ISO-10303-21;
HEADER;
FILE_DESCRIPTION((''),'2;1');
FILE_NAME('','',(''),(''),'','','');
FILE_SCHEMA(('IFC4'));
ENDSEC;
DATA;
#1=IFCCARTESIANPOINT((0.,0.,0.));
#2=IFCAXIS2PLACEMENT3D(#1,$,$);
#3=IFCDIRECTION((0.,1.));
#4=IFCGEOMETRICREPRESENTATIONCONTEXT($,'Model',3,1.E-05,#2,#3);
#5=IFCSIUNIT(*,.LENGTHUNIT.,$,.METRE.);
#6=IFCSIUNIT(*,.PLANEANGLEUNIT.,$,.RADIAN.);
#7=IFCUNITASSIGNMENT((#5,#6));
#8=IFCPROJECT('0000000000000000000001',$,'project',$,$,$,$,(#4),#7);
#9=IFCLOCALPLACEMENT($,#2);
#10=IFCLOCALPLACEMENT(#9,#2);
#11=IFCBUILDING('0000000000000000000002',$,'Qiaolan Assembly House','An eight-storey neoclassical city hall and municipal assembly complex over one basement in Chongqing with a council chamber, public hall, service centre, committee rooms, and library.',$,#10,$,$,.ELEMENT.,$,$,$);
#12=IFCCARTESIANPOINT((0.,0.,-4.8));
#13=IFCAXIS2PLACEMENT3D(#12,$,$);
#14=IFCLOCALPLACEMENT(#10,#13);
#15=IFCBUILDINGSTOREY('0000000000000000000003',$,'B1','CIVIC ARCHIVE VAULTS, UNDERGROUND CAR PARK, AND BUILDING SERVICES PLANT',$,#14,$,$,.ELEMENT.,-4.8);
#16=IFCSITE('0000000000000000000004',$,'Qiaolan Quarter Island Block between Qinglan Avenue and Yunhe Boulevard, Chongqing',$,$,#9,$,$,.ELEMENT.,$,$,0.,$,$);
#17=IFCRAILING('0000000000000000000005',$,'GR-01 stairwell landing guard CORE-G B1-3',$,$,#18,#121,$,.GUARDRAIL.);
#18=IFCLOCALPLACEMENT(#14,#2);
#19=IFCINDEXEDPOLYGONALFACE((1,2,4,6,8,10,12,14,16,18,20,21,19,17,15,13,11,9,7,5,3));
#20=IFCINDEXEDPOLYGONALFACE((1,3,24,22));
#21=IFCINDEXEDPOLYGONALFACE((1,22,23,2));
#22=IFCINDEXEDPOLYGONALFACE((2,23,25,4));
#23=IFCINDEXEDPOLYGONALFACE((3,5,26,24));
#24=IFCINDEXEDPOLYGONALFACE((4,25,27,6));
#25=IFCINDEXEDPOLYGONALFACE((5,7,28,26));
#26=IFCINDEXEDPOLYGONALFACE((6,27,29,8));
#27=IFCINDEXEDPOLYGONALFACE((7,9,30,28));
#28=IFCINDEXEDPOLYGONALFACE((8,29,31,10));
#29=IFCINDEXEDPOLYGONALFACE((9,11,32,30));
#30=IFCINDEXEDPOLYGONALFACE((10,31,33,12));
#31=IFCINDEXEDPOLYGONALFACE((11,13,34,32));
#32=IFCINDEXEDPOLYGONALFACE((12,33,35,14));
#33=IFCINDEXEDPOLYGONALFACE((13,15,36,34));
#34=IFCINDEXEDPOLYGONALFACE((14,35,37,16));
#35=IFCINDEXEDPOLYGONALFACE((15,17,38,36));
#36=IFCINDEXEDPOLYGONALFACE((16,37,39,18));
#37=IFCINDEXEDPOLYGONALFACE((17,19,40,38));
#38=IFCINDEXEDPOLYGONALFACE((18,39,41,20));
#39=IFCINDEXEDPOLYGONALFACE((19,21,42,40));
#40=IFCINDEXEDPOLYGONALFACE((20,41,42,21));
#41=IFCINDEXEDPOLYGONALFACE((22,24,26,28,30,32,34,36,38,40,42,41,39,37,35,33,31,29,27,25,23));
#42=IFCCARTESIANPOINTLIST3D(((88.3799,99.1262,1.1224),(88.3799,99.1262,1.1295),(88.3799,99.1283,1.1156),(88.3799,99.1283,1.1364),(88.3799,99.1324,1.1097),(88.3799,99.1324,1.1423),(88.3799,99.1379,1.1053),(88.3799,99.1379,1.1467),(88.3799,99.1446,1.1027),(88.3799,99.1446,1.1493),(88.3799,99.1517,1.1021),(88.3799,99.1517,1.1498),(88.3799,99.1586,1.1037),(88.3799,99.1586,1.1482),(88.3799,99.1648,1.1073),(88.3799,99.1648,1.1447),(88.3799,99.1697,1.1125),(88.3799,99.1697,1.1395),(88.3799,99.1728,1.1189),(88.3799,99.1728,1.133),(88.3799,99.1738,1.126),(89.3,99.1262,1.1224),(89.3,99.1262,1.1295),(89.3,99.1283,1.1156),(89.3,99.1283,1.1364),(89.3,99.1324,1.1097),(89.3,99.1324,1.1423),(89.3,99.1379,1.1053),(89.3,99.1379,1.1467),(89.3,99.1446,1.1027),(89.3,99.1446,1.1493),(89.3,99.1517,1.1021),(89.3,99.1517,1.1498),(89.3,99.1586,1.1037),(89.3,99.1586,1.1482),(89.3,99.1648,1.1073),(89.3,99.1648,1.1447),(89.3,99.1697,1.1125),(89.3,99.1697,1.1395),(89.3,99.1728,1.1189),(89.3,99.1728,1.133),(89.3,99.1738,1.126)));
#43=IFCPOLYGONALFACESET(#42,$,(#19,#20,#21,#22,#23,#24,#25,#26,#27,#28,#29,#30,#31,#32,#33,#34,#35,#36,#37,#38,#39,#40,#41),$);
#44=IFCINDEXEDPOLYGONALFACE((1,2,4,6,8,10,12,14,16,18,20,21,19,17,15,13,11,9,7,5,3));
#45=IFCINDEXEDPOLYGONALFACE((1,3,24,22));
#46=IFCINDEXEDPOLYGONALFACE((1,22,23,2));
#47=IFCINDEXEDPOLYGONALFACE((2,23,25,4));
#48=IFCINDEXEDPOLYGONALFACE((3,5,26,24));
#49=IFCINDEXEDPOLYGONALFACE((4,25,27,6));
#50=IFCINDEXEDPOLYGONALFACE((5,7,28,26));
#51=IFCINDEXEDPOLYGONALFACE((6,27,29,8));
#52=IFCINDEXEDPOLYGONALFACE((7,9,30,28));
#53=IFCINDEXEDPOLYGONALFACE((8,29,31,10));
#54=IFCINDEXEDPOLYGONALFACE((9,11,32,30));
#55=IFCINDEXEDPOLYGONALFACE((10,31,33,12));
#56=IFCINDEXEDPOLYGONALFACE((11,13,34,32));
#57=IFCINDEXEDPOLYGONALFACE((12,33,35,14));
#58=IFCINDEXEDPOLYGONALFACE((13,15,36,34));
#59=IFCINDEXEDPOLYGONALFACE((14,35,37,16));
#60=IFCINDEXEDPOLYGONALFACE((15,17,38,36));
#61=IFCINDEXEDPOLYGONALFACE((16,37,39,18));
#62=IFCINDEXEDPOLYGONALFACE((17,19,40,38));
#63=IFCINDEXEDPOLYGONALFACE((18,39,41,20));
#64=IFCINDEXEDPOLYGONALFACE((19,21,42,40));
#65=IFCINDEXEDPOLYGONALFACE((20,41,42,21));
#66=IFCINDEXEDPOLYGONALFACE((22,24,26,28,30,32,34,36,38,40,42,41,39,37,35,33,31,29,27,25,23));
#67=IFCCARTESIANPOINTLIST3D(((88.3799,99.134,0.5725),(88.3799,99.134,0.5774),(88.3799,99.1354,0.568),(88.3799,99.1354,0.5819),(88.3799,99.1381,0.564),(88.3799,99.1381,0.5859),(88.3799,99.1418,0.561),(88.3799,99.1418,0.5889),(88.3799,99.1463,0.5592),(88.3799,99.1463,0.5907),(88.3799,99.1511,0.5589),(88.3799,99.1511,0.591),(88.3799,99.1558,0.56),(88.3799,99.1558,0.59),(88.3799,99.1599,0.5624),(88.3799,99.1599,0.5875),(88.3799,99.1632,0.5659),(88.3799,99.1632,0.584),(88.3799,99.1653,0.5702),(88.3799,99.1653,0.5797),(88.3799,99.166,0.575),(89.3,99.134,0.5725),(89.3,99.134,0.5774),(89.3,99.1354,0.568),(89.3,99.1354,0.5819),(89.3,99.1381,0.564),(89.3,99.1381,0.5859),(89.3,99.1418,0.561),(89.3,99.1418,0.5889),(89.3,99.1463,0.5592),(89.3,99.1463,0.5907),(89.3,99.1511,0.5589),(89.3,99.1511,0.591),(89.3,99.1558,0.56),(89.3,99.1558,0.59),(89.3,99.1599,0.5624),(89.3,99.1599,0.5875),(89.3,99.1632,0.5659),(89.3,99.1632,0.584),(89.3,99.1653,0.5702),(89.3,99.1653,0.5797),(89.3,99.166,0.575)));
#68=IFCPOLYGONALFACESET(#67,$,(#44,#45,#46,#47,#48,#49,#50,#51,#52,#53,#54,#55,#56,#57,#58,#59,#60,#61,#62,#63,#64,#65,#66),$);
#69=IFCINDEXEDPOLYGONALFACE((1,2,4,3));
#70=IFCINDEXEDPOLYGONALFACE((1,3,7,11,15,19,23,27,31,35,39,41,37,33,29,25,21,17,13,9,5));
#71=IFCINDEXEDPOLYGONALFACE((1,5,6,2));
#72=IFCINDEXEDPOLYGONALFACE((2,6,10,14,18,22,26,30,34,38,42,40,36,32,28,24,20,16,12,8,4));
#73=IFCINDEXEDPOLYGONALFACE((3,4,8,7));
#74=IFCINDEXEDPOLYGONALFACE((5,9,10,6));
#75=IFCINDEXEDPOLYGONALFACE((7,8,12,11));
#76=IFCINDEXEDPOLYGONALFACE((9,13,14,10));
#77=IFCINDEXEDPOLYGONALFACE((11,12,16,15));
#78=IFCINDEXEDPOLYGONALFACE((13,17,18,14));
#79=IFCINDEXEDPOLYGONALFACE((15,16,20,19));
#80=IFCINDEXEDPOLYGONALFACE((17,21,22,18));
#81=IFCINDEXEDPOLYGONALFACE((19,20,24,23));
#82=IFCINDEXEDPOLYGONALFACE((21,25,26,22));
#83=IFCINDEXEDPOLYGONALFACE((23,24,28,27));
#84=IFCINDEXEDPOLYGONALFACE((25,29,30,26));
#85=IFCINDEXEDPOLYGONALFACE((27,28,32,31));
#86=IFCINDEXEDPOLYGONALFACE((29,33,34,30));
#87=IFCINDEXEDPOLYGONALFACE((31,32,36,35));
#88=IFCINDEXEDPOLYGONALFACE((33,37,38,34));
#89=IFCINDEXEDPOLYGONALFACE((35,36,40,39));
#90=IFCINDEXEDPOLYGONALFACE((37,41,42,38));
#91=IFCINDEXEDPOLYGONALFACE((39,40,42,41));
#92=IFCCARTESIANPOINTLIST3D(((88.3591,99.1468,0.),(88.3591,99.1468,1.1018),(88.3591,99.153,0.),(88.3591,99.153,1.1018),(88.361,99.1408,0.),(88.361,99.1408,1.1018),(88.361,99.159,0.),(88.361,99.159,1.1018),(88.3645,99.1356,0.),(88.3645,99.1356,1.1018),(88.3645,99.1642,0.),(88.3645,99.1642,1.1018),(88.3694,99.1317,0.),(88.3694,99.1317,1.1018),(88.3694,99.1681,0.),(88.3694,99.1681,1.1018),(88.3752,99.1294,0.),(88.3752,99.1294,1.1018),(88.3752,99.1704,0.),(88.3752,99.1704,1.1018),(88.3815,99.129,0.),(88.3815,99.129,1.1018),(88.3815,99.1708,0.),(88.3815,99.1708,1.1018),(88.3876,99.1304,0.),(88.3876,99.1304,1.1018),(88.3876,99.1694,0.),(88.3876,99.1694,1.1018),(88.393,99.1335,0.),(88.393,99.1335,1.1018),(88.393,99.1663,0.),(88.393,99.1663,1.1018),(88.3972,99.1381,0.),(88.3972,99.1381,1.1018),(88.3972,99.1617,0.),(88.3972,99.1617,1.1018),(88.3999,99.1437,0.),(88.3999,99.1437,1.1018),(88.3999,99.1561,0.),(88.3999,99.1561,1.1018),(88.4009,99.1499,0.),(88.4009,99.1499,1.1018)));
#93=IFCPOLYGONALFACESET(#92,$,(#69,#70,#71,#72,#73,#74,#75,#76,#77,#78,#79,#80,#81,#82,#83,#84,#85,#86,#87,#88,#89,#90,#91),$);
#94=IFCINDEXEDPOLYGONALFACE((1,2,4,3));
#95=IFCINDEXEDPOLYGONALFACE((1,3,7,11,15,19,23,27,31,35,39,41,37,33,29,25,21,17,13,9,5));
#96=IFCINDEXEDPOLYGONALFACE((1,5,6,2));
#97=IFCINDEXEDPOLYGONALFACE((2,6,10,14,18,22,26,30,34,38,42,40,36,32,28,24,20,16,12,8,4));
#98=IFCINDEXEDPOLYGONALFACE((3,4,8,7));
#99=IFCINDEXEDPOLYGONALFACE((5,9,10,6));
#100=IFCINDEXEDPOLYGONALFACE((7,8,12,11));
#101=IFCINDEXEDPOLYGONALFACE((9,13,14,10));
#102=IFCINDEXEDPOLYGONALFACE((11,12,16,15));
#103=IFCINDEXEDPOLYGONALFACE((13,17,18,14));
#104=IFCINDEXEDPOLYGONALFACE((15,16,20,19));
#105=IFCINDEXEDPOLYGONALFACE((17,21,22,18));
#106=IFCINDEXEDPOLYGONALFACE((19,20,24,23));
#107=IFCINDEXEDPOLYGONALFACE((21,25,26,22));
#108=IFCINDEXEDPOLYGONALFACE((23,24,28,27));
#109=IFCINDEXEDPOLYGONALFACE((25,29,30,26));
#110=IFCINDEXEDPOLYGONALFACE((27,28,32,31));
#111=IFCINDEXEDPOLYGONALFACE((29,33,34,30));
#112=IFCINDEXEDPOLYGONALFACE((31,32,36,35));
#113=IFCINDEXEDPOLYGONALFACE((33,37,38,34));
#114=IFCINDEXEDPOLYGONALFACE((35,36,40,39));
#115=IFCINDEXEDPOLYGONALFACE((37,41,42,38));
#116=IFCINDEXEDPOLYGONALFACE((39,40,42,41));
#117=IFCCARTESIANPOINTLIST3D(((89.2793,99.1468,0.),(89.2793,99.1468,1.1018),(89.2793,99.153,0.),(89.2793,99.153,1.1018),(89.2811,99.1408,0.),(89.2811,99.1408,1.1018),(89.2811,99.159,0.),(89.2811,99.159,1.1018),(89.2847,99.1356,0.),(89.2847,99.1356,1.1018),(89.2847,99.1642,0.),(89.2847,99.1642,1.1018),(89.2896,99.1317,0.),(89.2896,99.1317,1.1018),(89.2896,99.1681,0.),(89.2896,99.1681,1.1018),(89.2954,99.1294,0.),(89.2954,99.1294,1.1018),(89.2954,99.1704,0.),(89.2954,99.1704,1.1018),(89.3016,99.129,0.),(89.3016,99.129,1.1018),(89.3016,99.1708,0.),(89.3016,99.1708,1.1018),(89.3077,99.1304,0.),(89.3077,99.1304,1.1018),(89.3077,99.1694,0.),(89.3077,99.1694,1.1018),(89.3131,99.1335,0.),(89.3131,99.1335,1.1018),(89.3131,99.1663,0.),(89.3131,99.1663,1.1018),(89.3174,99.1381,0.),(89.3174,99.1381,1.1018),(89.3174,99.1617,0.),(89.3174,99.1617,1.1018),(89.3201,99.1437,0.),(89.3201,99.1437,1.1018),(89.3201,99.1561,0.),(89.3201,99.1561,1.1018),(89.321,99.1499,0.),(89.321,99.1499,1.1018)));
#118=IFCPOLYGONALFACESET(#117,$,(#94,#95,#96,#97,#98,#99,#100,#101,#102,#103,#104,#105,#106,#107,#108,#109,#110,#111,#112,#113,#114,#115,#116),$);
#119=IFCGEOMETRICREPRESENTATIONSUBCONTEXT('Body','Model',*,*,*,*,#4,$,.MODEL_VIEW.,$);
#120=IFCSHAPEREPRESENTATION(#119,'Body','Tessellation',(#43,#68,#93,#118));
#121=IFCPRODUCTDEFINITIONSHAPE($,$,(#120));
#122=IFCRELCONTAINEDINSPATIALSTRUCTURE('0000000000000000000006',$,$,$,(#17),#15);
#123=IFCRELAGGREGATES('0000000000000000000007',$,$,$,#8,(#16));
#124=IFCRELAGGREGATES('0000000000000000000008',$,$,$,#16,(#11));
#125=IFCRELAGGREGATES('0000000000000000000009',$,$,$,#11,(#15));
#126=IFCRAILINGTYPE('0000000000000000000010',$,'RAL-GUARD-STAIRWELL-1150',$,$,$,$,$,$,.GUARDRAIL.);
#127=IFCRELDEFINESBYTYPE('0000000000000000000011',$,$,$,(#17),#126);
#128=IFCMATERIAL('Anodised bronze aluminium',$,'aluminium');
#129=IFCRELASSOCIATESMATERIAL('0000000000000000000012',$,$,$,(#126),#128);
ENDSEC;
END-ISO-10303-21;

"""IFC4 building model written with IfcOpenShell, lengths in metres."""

from ifc_helpers import new_model, si_unit, direction, frame, origin, origin_2d, place, context, subcontext, project, spatial, circle, extrude, material, type_object, element, save


model = new_model("IFC4")

# Units and contexts
model_context = context("Model", 3, precision=1e-05, world=origin(), true_north=direction((0.0, 1.0)))
body_context = subcontext(model_context, "Body", "Model", "MODEL_VIEW")
ifc_project = project(units=[si_unit("LENGTHUNIT", "METRE"), si_unit("PLANEANGLEUNIT", "RADIAN")], contexts=[model_context])

# Site, building, storey
site_placement = place(None, origin())
site = spatial("IfcSite", under=ifc_project, at=site_placement, Name="Qiaolan Quarter Island Block between Qinglan Avenue and Yunhe Boulevard, Chongqing", CompositionType="ELEMENT", RefElevation=0.0)
building_placement = place(site_placement, origin())
building = spatial("IfcBuilding", under=site, at=building_placement, Name="Qiaolan Assembly House", Description="An eight-storey neoclassical city hall and municipal assembly complex over one basement in Chongqing with a council chamber, public hall, service centre, committee rooms, and library.", CompositionType="ELEMENT")
storey_placement = place(building_placement, frame((0.0, 0.0, -4.8)))
storey = spatial("IfcBuildingStorey", under=building, at=storey_placement, Name="B1", Description="CIVIC ARCHIVE VAULTS, UNDERGROUND CAR PARK, AND BUILDING SERVICES PLANT", CompositionType="ELEMENT", Elevation=-4.8)

# Railing
ifc_material_1 = material(Name="Anodised bronze aluminium", Category="aluminium")
railing_type_1 = type_object("IfcRailingType", Name="RAL-GUARD-STAIRWELL-1150", PredefinedType="GUARDRAIL", material=ifc_material_1)
for number, where, name in (
    (1, (88.3799, 99.1499, 0.0), "GR-01 stairwell landing guard CORE-G B1-3"),
):
    element("IfcRailing", number, at=place(storey_placement, frame(where)), inside=storey, type_object=railing_type_1, Name=name, PredefinedType="GUARDRAIL", context=body_context, shape_type="SweptSolid", body=[
        extrude(circle(Radius=0.0239, at=origin_2d()), frame((0.0, 0.0, 1.126), z_axis=(1.0, 0.0, 0.0), x_axis=(0.0, 1.0, 0.0)), (0.0, 0.0, 1.0), 0.9202),
        extrude(circle(Radius=0.0161, at=origin_2d()), frame((0.0, 0.0, 0.575), z_axis=(1.0, 0.0, 0.0), x_axis=(0.0, 1.0, 0.0)), (0.0, 0.0, 1.0), 0.9202),
        extrude(circle(Radius=0.021, at=origin_2d()), origin(), (0.0, 0.0, 1.0), 1.1018),
        extrude(circle(Radius=0.021, at=origin_2d()), frame((0.9202, 0.0, 0.0)), (0.0, 0.0, 1.0), 1.1018),
    ])

save(model, "model.ifc")
